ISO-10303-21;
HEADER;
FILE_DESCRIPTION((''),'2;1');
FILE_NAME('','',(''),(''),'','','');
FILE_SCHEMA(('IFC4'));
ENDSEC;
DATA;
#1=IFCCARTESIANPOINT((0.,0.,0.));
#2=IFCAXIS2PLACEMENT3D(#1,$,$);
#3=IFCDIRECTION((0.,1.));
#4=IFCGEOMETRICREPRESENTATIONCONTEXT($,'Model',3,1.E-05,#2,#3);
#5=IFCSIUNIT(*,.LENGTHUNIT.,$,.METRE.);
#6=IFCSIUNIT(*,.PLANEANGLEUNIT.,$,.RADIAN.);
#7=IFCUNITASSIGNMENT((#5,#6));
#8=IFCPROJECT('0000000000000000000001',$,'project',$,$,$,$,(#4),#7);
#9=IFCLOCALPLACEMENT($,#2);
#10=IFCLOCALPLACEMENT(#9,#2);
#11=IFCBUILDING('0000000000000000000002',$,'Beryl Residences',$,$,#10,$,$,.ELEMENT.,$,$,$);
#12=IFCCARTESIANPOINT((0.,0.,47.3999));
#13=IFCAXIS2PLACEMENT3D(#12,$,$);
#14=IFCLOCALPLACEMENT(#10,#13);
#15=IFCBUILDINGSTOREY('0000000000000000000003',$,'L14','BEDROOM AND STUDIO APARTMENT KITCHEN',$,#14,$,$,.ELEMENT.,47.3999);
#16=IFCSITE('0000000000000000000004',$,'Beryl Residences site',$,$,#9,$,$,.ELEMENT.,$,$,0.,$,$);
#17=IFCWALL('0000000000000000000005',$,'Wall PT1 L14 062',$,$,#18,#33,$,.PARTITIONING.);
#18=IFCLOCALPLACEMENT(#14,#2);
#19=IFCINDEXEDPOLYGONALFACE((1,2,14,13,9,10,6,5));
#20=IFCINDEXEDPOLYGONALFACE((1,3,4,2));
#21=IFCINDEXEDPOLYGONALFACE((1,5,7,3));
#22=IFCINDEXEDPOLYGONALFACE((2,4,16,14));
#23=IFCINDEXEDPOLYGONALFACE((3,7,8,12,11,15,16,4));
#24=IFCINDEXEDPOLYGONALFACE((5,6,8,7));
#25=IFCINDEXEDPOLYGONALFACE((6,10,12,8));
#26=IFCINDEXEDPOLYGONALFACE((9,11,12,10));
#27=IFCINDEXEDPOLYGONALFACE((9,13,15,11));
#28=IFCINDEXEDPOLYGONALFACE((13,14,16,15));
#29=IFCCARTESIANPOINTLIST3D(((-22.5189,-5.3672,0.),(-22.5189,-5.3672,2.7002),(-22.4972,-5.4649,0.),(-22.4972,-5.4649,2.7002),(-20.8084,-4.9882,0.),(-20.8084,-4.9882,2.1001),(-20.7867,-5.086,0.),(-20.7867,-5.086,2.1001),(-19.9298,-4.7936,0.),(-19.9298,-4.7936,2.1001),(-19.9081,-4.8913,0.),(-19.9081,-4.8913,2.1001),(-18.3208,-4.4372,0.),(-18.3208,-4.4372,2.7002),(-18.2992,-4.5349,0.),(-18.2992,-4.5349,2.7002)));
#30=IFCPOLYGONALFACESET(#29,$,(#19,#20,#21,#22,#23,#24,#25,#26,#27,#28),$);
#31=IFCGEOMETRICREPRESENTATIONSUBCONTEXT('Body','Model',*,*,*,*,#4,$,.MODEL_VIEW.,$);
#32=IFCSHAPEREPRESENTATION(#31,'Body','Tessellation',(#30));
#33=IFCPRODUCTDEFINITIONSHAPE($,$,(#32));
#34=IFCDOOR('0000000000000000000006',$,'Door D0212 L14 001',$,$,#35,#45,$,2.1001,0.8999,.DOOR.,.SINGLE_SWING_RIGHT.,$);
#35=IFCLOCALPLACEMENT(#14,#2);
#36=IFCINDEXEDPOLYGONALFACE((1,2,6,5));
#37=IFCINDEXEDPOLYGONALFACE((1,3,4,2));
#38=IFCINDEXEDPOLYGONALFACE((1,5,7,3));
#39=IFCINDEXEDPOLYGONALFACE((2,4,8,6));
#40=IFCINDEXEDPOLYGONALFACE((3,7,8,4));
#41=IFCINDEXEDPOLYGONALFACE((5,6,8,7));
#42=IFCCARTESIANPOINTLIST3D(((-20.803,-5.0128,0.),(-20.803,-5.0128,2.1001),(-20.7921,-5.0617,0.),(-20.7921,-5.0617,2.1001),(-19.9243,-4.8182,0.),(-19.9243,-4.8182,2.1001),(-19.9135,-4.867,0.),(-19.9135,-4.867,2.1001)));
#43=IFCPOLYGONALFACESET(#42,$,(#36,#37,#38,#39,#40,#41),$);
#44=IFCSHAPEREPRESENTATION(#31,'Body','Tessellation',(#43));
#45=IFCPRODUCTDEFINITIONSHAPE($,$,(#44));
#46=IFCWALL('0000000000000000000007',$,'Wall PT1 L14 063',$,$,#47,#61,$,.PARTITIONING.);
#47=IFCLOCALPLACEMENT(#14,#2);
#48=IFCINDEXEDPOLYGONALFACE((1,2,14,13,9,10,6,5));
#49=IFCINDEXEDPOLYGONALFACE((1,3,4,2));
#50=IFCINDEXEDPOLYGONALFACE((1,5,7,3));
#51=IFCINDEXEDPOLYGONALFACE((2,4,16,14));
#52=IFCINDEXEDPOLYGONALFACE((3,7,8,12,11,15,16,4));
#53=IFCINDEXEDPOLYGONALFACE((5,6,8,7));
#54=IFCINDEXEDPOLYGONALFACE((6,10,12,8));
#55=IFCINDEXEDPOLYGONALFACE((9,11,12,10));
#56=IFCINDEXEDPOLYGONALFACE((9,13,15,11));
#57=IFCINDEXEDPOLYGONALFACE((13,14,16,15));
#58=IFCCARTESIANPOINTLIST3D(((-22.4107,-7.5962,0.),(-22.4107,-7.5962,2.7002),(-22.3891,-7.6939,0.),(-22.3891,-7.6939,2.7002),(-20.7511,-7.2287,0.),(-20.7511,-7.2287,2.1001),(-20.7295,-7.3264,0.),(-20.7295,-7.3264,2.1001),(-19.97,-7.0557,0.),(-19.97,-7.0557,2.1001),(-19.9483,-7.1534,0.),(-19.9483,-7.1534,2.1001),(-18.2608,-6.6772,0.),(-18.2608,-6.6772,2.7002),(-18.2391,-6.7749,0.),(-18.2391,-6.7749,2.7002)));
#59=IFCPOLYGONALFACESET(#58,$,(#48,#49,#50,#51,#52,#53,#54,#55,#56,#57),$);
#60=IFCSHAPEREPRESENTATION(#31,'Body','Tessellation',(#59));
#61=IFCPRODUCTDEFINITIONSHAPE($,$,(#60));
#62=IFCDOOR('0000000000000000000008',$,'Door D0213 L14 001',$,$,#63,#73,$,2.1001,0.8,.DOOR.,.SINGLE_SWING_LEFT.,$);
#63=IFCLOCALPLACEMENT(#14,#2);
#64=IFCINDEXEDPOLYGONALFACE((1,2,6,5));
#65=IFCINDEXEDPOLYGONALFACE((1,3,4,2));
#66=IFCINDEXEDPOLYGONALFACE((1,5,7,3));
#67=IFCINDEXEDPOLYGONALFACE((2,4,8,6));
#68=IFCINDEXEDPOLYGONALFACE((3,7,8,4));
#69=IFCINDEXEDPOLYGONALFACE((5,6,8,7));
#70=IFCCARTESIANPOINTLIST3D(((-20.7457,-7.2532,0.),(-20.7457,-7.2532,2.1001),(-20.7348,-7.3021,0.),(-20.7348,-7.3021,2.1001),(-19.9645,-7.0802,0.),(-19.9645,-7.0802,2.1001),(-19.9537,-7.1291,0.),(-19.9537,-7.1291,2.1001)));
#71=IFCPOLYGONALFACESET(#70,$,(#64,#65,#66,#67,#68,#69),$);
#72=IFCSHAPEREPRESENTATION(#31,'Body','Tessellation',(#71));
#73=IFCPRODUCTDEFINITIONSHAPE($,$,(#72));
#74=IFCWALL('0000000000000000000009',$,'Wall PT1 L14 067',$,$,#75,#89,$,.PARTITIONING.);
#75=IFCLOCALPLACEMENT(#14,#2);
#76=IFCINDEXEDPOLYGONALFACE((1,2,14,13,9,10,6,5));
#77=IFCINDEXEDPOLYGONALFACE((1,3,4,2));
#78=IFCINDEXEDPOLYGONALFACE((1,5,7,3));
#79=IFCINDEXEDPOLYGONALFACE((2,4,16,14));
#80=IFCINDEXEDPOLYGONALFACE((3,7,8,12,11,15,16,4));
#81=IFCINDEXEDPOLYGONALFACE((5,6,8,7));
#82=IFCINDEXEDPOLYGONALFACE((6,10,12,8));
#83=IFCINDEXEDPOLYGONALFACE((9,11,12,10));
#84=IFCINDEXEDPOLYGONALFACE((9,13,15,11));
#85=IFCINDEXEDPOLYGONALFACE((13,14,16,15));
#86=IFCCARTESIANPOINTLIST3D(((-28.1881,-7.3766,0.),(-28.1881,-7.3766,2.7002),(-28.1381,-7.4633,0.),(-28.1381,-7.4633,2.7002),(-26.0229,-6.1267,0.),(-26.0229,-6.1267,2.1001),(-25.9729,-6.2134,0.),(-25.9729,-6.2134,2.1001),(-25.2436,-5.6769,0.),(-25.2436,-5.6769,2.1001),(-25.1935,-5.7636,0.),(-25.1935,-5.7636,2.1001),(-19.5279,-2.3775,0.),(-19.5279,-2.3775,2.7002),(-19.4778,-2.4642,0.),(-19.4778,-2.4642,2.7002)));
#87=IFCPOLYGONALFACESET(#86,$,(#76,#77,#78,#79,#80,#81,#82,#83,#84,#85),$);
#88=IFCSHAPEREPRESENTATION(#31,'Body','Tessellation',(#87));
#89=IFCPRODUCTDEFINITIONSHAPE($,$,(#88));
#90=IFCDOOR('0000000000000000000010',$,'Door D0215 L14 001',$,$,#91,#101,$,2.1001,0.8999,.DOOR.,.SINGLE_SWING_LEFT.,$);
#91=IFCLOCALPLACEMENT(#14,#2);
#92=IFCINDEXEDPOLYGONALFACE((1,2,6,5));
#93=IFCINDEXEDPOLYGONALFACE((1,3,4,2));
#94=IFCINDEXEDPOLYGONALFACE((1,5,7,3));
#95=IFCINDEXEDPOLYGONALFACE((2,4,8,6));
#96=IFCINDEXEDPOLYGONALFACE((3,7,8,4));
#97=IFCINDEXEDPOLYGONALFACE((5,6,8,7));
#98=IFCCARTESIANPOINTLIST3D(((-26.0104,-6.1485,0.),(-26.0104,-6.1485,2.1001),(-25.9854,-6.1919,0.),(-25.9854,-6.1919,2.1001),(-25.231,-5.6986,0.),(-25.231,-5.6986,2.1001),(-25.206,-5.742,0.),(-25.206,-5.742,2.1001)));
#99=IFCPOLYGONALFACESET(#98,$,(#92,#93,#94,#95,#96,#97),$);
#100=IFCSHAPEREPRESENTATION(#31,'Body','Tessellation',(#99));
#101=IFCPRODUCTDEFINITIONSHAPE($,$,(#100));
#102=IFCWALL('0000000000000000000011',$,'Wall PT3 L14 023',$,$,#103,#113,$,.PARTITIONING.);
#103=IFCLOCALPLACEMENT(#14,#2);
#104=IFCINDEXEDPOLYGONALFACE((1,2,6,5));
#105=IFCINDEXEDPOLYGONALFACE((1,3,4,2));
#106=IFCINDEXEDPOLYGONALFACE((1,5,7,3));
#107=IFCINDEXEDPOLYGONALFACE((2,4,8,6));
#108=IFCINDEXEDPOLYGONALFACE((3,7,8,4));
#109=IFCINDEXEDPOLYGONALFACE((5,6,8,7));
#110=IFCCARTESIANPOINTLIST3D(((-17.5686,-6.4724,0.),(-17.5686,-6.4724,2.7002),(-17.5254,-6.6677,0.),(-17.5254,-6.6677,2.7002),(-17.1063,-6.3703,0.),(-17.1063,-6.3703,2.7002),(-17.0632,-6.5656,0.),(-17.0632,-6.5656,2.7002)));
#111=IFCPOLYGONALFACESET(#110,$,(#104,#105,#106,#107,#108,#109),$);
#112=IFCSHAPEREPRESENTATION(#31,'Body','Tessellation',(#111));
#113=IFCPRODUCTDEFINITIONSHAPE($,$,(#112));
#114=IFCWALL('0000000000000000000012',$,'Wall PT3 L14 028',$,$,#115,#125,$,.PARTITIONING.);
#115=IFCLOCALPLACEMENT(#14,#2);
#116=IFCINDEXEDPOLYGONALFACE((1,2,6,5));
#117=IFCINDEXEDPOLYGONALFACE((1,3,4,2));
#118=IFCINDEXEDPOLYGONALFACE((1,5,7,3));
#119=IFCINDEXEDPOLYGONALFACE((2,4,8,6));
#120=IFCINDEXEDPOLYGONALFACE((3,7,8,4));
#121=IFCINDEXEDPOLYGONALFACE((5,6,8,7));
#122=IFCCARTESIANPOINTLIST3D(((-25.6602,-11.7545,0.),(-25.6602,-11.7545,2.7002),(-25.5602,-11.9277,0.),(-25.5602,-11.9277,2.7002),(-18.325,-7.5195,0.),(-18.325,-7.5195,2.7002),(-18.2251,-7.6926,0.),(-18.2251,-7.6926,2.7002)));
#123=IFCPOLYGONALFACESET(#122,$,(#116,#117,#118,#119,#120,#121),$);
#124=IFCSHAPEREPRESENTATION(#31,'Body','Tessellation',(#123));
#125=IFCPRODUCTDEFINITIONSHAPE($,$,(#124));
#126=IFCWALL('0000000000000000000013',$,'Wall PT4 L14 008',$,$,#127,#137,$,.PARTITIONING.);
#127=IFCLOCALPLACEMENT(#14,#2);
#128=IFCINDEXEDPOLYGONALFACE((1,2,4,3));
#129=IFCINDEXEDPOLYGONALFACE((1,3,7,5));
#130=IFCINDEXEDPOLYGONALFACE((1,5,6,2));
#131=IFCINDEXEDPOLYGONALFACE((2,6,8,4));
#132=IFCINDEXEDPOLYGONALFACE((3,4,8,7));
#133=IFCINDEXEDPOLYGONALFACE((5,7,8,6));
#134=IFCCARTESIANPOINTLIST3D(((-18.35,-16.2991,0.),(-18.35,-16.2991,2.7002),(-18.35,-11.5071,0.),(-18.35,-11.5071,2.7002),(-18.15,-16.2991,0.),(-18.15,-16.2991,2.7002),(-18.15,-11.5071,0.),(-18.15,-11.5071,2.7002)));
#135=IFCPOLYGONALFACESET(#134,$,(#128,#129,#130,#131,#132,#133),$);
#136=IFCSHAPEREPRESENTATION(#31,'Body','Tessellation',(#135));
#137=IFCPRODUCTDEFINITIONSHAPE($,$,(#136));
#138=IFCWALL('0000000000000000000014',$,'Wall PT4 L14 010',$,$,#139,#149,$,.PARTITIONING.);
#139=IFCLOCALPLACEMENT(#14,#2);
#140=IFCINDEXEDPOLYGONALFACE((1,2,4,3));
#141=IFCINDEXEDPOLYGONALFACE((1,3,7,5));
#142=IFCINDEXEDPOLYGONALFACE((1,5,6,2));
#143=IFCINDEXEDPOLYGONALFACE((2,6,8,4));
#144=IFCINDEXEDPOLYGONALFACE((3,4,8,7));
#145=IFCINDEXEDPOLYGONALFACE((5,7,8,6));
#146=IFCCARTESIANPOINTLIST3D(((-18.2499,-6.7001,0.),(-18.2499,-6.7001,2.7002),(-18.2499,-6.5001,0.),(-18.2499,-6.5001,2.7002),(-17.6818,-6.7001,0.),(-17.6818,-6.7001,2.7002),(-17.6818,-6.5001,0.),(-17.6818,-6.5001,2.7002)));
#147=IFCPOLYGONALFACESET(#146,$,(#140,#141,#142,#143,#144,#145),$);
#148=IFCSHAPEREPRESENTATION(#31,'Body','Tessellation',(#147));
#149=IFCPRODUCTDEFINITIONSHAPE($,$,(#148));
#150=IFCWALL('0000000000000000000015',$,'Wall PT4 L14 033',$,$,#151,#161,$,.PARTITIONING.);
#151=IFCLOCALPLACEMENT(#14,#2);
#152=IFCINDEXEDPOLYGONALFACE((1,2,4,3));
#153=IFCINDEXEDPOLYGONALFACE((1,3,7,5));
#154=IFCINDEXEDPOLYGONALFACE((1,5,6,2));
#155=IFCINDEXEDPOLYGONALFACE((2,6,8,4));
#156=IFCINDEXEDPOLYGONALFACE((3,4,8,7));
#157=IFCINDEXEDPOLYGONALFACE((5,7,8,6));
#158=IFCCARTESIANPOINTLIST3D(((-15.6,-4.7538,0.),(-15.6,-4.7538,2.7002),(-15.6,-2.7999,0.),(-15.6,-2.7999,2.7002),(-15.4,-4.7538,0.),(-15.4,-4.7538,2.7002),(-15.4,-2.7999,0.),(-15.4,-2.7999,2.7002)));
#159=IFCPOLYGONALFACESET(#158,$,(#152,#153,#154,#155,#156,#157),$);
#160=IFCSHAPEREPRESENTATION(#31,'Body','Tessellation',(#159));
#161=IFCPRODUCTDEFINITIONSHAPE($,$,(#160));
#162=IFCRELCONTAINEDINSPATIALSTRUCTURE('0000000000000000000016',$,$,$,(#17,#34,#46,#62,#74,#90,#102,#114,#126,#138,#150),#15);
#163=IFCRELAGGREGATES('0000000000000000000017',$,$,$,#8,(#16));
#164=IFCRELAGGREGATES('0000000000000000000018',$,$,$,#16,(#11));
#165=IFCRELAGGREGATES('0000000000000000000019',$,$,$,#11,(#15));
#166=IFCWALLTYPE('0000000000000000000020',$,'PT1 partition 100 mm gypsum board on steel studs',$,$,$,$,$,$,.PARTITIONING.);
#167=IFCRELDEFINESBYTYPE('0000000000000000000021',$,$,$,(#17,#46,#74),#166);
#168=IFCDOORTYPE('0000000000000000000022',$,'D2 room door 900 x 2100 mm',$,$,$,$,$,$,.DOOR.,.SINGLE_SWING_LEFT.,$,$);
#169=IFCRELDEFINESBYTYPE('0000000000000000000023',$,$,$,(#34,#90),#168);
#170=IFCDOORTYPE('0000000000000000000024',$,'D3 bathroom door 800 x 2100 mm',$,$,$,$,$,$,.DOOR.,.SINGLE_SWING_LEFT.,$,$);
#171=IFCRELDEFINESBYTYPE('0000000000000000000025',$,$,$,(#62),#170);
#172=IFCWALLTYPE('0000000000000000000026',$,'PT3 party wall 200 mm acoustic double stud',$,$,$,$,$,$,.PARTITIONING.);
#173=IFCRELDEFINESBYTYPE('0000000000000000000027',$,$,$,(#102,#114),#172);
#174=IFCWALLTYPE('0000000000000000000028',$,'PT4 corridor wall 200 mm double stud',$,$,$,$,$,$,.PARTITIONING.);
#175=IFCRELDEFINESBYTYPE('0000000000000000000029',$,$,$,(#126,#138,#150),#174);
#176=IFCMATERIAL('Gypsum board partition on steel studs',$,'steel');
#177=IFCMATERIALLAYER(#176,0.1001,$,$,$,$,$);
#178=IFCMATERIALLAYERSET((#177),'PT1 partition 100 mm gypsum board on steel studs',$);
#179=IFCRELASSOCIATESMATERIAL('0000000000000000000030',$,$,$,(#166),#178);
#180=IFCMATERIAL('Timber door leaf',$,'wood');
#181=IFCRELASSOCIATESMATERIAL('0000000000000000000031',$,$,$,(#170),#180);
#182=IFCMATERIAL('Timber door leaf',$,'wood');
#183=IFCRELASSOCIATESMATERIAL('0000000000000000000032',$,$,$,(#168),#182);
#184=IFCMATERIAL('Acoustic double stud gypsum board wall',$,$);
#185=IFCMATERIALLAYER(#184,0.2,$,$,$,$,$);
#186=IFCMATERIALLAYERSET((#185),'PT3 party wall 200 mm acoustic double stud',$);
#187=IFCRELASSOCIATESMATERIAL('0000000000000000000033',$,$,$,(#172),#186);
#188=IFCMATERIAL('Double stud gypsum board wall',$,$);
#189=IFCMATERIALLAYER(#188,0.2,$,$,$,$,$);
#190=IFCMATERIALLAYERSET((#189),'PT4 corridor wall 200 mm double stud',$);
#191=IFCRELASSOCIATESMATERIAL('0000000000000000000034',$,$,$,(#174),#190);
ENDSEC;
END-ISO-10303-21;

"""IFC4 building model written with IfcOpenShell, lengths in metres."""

from ifc_helpers import new_model, si_unit, direction, frame, frame_2d, origin, place, context, subcontext, project, spatial, rectangle, extrude, material, layer, layer_set, type_object, element, fill, save


model = new_model("IFC4")

# Units and contexts
model_context = context("Model", 3, precision=1e-05, world=origin(), true_north=direction((0.0, 1.0)))
body_context = subcontext(model_context, "Body", "Model", "MODEL_VIEW")
ifc_project = project(units=[si_unit("LENGTHUNIT", "METRE"), si_unit("PLANEANGLEUNIT", "RADIAN")], contexts=[model_context])

# Site, building, storey
site_placement = place(None, origin())
site = spatial("IfcSite", under=ifc_project, at=site_placement, Name="Beryl Residences site", CompositionType="ELEMENT", RefElevation=0.0)
building_placement = place(site_placement, origin())
building = spatial("IfcBuilding", under=site, at=building_placement, Name="Beryl Residences", CompositionType="ELEMENT")
storey_placement = place(building_placement, frame((0.0, 0.0, 47.3999)))
storey = spatial("IfcBuildingStorey", under=building, at=storey_placement, Name="L14", Description="BEDROOM AND STUDIO APARTMENT KITCHEN", CompositionType="ELEMENT", Elevation=47.3999)

# Shared definitions
ifc_material_1 = material(Name="Gypsum board partition on steel studs", Category="steel")
ifc_layer_1 = layer(ifc_material_1, 0.1001)
ifc_layer_set_1 = layer_set([ifc_layer_1], Name="PT1 partition 100 mm gypsum board on steel studs")
wall_type_1 = type_object("IfcWallType", Name="PT1 partition 100 mm gypsum board on steel studs", PredefinedType="PARTITIONING", material=ifc_layer_set_1)

# Walls, openings, doors
ifc_material_2 = material(Name="Timber door leaf", Category="wood")
door_type_1 = type_object("IfcDoorType", Name="D3 bathroom door 800 x 2100 mm", OperationType="SINGLE_SWING_LEFT", PredefinedType="DOOR", material=ifc_material_2)
ifc_material_3 = material(Name="Timber door leaf", Category="wood")
door_type_2 = type_object("IfcDoorType", Name="D2 room door 900 x 2100 mm", OperationType="SINGLE_SWING_LEFT", PredefinedType="DOOR", material=ifc_material_3)
wall_1_placement = place(storey_placement, frame((-22.5081, -5.416, 0.0), z_axis=(0.0, 0.0, 1.0), x_axis=(0.976332, 0.216275, 0.0)))
wall_1 = element("IfcWall", 1, at=wall_1_placement, inside=storey, type_object=wall_type_1, Name="Wall PT1 L14 062", PredefinedType="PARTITIONING", context=body_context, shape_type="SweptSolid", body=[
    extrude(rectangle(XDim=4.2998, YDim=0.1001, at=frame_2d((2.1499, 0.0))), origin(), (0.0, 0.0, 1.0), 2.7002),
])
opening_1_placement = place(wall_1_placement, frame((1.752, 0.0, 0.0)))
opening_1 = element("IfcOpeningElement", 2, at=opening_1_placement, cuts=wall_1, PredefinedType="OPENING", context=body_context, shape_type="SweptSolid", body=[
    extrude(rectangle(XDim=0.8999, YDim=2.1001, at=frame_2d((0.45, 1.05))), frame((0.0, 0.0601, 0.0), z_axis=(0.0, -1.0, 0.0), x_axis=(1.0, 0.0, 0.0)), (0.0, 0.0, 1.0), 0.1201),
])
door_1_placement = place(opening_1_placement, origin())
door_1 = element("IfcDoor", 3, at=door_1_placement, inside=storey, type_object=door_type_2, Name="Door D0212 L14 001", OperationType="SINGLE_SWING_RIGHT", OverallHeight=2.1001, OverallWidth=0.8999, PredefinedType="DOOR", context=body_context, shape_type="SweptSolid", body=[
    extrude(rectangle(XDim=0.8999, YDim=2.1001, at=frame_2d((0.45, 1.05))), frame((0.0, 0.0249, 0.0), z_axis=(0.0, -1.0, 0.0), x_axis=(1.0, 0.0, 0.0)), (0.0, 0.0, 1.0), 0.05),
])
fill(opening_1, door_1)
wall_2_placement = place(storey_placement, frame((-22.3999, -7.645, 0.0), z_axis=(0.0, 0.0, 1.0), x_axis=(0.976349, 0.216201, 0.0)))
wall_2 = element("IfcWall", 4, at=wall_2_placement, inside=storey, type_object=wall_type_1, Name="Wall PT1 L14 063", PredefinedType="PARTITIONING", context=body_context, shape_type="SweptSolid", body=[
    extrude(rectangle(XDim=4.2505, YDim=0.1001, at=frame_2d((2.1252, 0.0))), origin(), (0.0, 0.0, 1.0), 2.7002),
])
opening_2_placement = place(wall_2_placement, frame((1.7, 0.0, 0.0)))
opening_2 = element("IfcOpeningElement", 5, at=opening_2_placement, cuts=wall_2, PredefinedType="OPENING", context=body_context, shape_type="SweptSolid", body=[
    extrude(rectangle(XDim=0.8, YDim=2.1001, at=frame_2d((0.3999, 1.05))), frame((0.0, 0.0601, 0.0), z_axis=(0.0, -1.0, 0.0), x_axis=(1.0, 0.0, 0.0)), (0.0, 0.0, 1.0), 0.1201),
])
door_2_placement = place(opening_2_placement, origin())
door_2 = element("IfcDoor", 6, at=door_2_placement, inside=storey, type_object=door_type_1, Name="Door D0213 L14 001", OperationType="SINGLE_SWING_LEFT", OverallHeight=2.1001, OverallWidth=0.8, PredefinedType="DOOR", context=body_context, shape_type="SweptSolid", body=[
    extrude(rectangle(XDim=0.8, YDim=2.1001, at=frame_2d((0.3999, 1.05))), frame((0.0, 0.0249, 0.0), z_axis=(0.0, -1.0, 0.0), x_axis=(1.0, 0.0, 0.0)), (0.0, 0.0, 1.0), 0.05),
])
fill(opening_2, door_2)
wall_3_placement = place(storey_placement, frame((-28.1631, -7.4199, 0.0), z_axis=(0.0, 0.0, 1.0), x_axis=(0.866065, 0.499931, 0.0)))
wall_3 = element("IfcWall", 7, at=wall_3_placement, inside=storey, type_object=wall_type_1, Name="Wall PT1 L14 067", PredefinedType="PARTITIONING", context=body_context, shape_type="SweptSolid", body=[
    extrude(rectangle(XDim=9.9995, YDim=0.1001, at=frame_2d((4.9998, 0.0))), origin(), (0.0, 0.0, 1.0), 2.7002),
])
opening_3_placement = place(wall_3_placement, frame((2.5, 0.0, 0.0)))
opening_3 = element("IfcOpeningElement", 8, at=opening_3_placement, cuts=wall_3, PredefinedType="OPENING", context=body_context, shape_type="SweptSolid", body=[
    extrude(rectangle(XDim=0.8999, YDim=2.1001, at=frame_2d((0.45, 1.05))), frame((0.0, 0.0601, 0.0), z_axis=(0.0, -1.0, 0.0), x_axis=(1.0, 0.0, 0.0)), (0.0, 0.0, 1.0), 0.1201),
])
door_3_placement = place(opening_3_placement, origin())
door_3 = element("IfcDoor", 9, at=door_3_placement, inside=storey, type_object=door_type_2, Name="Door D0215 L14 001", OperationType="SINGLE_SWING_LEFT", OverallHeight=2.1001, OverallWidth=0.8999, PredefinedType="DOOR", context=body_context, shape_type="SweptSolid", body=[
    extrude(rectangle(XDim=0.8999, YDim=2.1001, at=frame_2d((0.45, 1.05))), frame((0.0, 0.0249, 0.0), z_axis=(0.0, -1.0, 0.0), x_axis=(1.0, 0.0, 0.0)), (0.0, 0.0, 1.0), 0.05),
])
fill(opening_3, door_3)

# Walls
ifc_material_4 = material(Name="Acoustic double stud gypsum board wall")
ifc_layer_2 = layer(ifc_material_4, 0.2)
ifc_layer_set_2 = layer_set([ifc_layer_2], Name="PT3 party wall 200 mm acoustic double stud")
wall_type_2 = type_object("IfcWallType", Name="PT3 party wall 200 mm acoustic double stud", PredefinedType="PARTITIONING", material=ifc_layer_set_2)
wall_4_placement = place(storey_placement, frame((-17.5471, -6.5701, 0.0), z_axis=(0.0, 0.0, 1.0), x_axis=(0.976477, 0.215619, 0.0)))
element("IfcWall", 10, at=wall_4_placement, inside=storey, type_object=wall_type_2, Name="Wall PT3 L14 023", PredefinedType="PARTITIONING", context=body_context, shape_type="SweptSolid", body=[
    extrude(rectangle(XDim=0.4734, YDim=0.2, at=frame_2d((0.2368, 0.0))), origin(), (0.0, 0.0, 1.0), 2.7002),
])
wall_5_placement = place(storey_placement, frame((-25.6101, -11.8411, 0.0), z_axis=(0.0, 0.0, 1.0), x_axis=(0.866019, 0.500011, 0.0)))
element("IfcWall", 11, at=wall_5_placement, inside=storey, type_object=wall_type_2, Name="Wall PT3 L14 028", PredefinedType="PARTITIONING", context=body_context, shape_type="SweptSolid", body=[
    extrude(rectangle(XDim=8.47, YDim=0.2, at=frame_2d((4.2349, 0.0))), origin(), (0.0, 0.0, 1.0), 2.7002),
])
ifc_material_5 = material(Name="Double stud gypsum board wall")
ifc_layer_3 = layer(ifc_material_5, 0.2)
ifc_layer_set_3 = layer_set([ifc_layer_3], Name="PT4 corridor wall 200 mm double stud")
wall_type_3 = type_object("IfcWallType", Name="PT4 corridor wall 200 mm double stud", PredefinedType="PARTITIONING", material=ifc_layer_set_3)
wall_6_placement = place(storey_placement, frame((-18.25, -11.5071, 0.0), z_axis=(0.0, 0.0, 1.0), x_axis=(0.0, -1.0, 0.0)))
element("IfcWall", 12, at=wall_6_placement, inside=storey, type_object=wall_type_3, Name="Wall PT4 L14 008", PredefinedType="PARTITIONING", context=body_context, shape_type="SweptSolid", body=[
    extrude(rectangle(XDim=4.792, YDim=0.2, at=frame_2d((2.396, 0.0))), origin(), (0.0, 0.0, 1.0), 2.7002),
])
wall_7_placement = place(storey_placement, frame((-18.25, -6.6001, 0.0), z_axis=(0.0, 0.0, 1.0), x_axis=(1.0, 0.0, 0.0)))
element("IfcWall", 13, at=wall_7_placement, inside=storey, type_object=wall_type_3, Name="Wall PT4 L14 010", PredefinedType="PARTITIONING", context=body_context, shape_type="SweptSolid", body=[
    extrude(rectangle(XDim=0.5681, YDim=0.2, at=frame_2d((0.2842, 0.0))), origin(), (0.0, 0.0, 1.0), 2.7002),
])
wall_8_placement = place(storey_placement, frame((-15.5, -4.7539, 0.0), z_axis=(0.0, 0.0, 1.0), x_axis=(0.0, 1.0, 0.0)))
element("IfcWall", 14, at=wall_8_placement, inside=storey, type_object=wall_type_3, Name="Wall PT4 L14 033", PredefinedType="PARTITIONING", context=body_context, shape_type="SweptSolid", body=[
    extrude(rectangle(XDim=1.9539, YDim=0.2, at=frame_2d((0.9771, 0.0))), origin(), (0.0, 0.0, 1.0), 2.7002),
])

save(model, "model.ifc")
